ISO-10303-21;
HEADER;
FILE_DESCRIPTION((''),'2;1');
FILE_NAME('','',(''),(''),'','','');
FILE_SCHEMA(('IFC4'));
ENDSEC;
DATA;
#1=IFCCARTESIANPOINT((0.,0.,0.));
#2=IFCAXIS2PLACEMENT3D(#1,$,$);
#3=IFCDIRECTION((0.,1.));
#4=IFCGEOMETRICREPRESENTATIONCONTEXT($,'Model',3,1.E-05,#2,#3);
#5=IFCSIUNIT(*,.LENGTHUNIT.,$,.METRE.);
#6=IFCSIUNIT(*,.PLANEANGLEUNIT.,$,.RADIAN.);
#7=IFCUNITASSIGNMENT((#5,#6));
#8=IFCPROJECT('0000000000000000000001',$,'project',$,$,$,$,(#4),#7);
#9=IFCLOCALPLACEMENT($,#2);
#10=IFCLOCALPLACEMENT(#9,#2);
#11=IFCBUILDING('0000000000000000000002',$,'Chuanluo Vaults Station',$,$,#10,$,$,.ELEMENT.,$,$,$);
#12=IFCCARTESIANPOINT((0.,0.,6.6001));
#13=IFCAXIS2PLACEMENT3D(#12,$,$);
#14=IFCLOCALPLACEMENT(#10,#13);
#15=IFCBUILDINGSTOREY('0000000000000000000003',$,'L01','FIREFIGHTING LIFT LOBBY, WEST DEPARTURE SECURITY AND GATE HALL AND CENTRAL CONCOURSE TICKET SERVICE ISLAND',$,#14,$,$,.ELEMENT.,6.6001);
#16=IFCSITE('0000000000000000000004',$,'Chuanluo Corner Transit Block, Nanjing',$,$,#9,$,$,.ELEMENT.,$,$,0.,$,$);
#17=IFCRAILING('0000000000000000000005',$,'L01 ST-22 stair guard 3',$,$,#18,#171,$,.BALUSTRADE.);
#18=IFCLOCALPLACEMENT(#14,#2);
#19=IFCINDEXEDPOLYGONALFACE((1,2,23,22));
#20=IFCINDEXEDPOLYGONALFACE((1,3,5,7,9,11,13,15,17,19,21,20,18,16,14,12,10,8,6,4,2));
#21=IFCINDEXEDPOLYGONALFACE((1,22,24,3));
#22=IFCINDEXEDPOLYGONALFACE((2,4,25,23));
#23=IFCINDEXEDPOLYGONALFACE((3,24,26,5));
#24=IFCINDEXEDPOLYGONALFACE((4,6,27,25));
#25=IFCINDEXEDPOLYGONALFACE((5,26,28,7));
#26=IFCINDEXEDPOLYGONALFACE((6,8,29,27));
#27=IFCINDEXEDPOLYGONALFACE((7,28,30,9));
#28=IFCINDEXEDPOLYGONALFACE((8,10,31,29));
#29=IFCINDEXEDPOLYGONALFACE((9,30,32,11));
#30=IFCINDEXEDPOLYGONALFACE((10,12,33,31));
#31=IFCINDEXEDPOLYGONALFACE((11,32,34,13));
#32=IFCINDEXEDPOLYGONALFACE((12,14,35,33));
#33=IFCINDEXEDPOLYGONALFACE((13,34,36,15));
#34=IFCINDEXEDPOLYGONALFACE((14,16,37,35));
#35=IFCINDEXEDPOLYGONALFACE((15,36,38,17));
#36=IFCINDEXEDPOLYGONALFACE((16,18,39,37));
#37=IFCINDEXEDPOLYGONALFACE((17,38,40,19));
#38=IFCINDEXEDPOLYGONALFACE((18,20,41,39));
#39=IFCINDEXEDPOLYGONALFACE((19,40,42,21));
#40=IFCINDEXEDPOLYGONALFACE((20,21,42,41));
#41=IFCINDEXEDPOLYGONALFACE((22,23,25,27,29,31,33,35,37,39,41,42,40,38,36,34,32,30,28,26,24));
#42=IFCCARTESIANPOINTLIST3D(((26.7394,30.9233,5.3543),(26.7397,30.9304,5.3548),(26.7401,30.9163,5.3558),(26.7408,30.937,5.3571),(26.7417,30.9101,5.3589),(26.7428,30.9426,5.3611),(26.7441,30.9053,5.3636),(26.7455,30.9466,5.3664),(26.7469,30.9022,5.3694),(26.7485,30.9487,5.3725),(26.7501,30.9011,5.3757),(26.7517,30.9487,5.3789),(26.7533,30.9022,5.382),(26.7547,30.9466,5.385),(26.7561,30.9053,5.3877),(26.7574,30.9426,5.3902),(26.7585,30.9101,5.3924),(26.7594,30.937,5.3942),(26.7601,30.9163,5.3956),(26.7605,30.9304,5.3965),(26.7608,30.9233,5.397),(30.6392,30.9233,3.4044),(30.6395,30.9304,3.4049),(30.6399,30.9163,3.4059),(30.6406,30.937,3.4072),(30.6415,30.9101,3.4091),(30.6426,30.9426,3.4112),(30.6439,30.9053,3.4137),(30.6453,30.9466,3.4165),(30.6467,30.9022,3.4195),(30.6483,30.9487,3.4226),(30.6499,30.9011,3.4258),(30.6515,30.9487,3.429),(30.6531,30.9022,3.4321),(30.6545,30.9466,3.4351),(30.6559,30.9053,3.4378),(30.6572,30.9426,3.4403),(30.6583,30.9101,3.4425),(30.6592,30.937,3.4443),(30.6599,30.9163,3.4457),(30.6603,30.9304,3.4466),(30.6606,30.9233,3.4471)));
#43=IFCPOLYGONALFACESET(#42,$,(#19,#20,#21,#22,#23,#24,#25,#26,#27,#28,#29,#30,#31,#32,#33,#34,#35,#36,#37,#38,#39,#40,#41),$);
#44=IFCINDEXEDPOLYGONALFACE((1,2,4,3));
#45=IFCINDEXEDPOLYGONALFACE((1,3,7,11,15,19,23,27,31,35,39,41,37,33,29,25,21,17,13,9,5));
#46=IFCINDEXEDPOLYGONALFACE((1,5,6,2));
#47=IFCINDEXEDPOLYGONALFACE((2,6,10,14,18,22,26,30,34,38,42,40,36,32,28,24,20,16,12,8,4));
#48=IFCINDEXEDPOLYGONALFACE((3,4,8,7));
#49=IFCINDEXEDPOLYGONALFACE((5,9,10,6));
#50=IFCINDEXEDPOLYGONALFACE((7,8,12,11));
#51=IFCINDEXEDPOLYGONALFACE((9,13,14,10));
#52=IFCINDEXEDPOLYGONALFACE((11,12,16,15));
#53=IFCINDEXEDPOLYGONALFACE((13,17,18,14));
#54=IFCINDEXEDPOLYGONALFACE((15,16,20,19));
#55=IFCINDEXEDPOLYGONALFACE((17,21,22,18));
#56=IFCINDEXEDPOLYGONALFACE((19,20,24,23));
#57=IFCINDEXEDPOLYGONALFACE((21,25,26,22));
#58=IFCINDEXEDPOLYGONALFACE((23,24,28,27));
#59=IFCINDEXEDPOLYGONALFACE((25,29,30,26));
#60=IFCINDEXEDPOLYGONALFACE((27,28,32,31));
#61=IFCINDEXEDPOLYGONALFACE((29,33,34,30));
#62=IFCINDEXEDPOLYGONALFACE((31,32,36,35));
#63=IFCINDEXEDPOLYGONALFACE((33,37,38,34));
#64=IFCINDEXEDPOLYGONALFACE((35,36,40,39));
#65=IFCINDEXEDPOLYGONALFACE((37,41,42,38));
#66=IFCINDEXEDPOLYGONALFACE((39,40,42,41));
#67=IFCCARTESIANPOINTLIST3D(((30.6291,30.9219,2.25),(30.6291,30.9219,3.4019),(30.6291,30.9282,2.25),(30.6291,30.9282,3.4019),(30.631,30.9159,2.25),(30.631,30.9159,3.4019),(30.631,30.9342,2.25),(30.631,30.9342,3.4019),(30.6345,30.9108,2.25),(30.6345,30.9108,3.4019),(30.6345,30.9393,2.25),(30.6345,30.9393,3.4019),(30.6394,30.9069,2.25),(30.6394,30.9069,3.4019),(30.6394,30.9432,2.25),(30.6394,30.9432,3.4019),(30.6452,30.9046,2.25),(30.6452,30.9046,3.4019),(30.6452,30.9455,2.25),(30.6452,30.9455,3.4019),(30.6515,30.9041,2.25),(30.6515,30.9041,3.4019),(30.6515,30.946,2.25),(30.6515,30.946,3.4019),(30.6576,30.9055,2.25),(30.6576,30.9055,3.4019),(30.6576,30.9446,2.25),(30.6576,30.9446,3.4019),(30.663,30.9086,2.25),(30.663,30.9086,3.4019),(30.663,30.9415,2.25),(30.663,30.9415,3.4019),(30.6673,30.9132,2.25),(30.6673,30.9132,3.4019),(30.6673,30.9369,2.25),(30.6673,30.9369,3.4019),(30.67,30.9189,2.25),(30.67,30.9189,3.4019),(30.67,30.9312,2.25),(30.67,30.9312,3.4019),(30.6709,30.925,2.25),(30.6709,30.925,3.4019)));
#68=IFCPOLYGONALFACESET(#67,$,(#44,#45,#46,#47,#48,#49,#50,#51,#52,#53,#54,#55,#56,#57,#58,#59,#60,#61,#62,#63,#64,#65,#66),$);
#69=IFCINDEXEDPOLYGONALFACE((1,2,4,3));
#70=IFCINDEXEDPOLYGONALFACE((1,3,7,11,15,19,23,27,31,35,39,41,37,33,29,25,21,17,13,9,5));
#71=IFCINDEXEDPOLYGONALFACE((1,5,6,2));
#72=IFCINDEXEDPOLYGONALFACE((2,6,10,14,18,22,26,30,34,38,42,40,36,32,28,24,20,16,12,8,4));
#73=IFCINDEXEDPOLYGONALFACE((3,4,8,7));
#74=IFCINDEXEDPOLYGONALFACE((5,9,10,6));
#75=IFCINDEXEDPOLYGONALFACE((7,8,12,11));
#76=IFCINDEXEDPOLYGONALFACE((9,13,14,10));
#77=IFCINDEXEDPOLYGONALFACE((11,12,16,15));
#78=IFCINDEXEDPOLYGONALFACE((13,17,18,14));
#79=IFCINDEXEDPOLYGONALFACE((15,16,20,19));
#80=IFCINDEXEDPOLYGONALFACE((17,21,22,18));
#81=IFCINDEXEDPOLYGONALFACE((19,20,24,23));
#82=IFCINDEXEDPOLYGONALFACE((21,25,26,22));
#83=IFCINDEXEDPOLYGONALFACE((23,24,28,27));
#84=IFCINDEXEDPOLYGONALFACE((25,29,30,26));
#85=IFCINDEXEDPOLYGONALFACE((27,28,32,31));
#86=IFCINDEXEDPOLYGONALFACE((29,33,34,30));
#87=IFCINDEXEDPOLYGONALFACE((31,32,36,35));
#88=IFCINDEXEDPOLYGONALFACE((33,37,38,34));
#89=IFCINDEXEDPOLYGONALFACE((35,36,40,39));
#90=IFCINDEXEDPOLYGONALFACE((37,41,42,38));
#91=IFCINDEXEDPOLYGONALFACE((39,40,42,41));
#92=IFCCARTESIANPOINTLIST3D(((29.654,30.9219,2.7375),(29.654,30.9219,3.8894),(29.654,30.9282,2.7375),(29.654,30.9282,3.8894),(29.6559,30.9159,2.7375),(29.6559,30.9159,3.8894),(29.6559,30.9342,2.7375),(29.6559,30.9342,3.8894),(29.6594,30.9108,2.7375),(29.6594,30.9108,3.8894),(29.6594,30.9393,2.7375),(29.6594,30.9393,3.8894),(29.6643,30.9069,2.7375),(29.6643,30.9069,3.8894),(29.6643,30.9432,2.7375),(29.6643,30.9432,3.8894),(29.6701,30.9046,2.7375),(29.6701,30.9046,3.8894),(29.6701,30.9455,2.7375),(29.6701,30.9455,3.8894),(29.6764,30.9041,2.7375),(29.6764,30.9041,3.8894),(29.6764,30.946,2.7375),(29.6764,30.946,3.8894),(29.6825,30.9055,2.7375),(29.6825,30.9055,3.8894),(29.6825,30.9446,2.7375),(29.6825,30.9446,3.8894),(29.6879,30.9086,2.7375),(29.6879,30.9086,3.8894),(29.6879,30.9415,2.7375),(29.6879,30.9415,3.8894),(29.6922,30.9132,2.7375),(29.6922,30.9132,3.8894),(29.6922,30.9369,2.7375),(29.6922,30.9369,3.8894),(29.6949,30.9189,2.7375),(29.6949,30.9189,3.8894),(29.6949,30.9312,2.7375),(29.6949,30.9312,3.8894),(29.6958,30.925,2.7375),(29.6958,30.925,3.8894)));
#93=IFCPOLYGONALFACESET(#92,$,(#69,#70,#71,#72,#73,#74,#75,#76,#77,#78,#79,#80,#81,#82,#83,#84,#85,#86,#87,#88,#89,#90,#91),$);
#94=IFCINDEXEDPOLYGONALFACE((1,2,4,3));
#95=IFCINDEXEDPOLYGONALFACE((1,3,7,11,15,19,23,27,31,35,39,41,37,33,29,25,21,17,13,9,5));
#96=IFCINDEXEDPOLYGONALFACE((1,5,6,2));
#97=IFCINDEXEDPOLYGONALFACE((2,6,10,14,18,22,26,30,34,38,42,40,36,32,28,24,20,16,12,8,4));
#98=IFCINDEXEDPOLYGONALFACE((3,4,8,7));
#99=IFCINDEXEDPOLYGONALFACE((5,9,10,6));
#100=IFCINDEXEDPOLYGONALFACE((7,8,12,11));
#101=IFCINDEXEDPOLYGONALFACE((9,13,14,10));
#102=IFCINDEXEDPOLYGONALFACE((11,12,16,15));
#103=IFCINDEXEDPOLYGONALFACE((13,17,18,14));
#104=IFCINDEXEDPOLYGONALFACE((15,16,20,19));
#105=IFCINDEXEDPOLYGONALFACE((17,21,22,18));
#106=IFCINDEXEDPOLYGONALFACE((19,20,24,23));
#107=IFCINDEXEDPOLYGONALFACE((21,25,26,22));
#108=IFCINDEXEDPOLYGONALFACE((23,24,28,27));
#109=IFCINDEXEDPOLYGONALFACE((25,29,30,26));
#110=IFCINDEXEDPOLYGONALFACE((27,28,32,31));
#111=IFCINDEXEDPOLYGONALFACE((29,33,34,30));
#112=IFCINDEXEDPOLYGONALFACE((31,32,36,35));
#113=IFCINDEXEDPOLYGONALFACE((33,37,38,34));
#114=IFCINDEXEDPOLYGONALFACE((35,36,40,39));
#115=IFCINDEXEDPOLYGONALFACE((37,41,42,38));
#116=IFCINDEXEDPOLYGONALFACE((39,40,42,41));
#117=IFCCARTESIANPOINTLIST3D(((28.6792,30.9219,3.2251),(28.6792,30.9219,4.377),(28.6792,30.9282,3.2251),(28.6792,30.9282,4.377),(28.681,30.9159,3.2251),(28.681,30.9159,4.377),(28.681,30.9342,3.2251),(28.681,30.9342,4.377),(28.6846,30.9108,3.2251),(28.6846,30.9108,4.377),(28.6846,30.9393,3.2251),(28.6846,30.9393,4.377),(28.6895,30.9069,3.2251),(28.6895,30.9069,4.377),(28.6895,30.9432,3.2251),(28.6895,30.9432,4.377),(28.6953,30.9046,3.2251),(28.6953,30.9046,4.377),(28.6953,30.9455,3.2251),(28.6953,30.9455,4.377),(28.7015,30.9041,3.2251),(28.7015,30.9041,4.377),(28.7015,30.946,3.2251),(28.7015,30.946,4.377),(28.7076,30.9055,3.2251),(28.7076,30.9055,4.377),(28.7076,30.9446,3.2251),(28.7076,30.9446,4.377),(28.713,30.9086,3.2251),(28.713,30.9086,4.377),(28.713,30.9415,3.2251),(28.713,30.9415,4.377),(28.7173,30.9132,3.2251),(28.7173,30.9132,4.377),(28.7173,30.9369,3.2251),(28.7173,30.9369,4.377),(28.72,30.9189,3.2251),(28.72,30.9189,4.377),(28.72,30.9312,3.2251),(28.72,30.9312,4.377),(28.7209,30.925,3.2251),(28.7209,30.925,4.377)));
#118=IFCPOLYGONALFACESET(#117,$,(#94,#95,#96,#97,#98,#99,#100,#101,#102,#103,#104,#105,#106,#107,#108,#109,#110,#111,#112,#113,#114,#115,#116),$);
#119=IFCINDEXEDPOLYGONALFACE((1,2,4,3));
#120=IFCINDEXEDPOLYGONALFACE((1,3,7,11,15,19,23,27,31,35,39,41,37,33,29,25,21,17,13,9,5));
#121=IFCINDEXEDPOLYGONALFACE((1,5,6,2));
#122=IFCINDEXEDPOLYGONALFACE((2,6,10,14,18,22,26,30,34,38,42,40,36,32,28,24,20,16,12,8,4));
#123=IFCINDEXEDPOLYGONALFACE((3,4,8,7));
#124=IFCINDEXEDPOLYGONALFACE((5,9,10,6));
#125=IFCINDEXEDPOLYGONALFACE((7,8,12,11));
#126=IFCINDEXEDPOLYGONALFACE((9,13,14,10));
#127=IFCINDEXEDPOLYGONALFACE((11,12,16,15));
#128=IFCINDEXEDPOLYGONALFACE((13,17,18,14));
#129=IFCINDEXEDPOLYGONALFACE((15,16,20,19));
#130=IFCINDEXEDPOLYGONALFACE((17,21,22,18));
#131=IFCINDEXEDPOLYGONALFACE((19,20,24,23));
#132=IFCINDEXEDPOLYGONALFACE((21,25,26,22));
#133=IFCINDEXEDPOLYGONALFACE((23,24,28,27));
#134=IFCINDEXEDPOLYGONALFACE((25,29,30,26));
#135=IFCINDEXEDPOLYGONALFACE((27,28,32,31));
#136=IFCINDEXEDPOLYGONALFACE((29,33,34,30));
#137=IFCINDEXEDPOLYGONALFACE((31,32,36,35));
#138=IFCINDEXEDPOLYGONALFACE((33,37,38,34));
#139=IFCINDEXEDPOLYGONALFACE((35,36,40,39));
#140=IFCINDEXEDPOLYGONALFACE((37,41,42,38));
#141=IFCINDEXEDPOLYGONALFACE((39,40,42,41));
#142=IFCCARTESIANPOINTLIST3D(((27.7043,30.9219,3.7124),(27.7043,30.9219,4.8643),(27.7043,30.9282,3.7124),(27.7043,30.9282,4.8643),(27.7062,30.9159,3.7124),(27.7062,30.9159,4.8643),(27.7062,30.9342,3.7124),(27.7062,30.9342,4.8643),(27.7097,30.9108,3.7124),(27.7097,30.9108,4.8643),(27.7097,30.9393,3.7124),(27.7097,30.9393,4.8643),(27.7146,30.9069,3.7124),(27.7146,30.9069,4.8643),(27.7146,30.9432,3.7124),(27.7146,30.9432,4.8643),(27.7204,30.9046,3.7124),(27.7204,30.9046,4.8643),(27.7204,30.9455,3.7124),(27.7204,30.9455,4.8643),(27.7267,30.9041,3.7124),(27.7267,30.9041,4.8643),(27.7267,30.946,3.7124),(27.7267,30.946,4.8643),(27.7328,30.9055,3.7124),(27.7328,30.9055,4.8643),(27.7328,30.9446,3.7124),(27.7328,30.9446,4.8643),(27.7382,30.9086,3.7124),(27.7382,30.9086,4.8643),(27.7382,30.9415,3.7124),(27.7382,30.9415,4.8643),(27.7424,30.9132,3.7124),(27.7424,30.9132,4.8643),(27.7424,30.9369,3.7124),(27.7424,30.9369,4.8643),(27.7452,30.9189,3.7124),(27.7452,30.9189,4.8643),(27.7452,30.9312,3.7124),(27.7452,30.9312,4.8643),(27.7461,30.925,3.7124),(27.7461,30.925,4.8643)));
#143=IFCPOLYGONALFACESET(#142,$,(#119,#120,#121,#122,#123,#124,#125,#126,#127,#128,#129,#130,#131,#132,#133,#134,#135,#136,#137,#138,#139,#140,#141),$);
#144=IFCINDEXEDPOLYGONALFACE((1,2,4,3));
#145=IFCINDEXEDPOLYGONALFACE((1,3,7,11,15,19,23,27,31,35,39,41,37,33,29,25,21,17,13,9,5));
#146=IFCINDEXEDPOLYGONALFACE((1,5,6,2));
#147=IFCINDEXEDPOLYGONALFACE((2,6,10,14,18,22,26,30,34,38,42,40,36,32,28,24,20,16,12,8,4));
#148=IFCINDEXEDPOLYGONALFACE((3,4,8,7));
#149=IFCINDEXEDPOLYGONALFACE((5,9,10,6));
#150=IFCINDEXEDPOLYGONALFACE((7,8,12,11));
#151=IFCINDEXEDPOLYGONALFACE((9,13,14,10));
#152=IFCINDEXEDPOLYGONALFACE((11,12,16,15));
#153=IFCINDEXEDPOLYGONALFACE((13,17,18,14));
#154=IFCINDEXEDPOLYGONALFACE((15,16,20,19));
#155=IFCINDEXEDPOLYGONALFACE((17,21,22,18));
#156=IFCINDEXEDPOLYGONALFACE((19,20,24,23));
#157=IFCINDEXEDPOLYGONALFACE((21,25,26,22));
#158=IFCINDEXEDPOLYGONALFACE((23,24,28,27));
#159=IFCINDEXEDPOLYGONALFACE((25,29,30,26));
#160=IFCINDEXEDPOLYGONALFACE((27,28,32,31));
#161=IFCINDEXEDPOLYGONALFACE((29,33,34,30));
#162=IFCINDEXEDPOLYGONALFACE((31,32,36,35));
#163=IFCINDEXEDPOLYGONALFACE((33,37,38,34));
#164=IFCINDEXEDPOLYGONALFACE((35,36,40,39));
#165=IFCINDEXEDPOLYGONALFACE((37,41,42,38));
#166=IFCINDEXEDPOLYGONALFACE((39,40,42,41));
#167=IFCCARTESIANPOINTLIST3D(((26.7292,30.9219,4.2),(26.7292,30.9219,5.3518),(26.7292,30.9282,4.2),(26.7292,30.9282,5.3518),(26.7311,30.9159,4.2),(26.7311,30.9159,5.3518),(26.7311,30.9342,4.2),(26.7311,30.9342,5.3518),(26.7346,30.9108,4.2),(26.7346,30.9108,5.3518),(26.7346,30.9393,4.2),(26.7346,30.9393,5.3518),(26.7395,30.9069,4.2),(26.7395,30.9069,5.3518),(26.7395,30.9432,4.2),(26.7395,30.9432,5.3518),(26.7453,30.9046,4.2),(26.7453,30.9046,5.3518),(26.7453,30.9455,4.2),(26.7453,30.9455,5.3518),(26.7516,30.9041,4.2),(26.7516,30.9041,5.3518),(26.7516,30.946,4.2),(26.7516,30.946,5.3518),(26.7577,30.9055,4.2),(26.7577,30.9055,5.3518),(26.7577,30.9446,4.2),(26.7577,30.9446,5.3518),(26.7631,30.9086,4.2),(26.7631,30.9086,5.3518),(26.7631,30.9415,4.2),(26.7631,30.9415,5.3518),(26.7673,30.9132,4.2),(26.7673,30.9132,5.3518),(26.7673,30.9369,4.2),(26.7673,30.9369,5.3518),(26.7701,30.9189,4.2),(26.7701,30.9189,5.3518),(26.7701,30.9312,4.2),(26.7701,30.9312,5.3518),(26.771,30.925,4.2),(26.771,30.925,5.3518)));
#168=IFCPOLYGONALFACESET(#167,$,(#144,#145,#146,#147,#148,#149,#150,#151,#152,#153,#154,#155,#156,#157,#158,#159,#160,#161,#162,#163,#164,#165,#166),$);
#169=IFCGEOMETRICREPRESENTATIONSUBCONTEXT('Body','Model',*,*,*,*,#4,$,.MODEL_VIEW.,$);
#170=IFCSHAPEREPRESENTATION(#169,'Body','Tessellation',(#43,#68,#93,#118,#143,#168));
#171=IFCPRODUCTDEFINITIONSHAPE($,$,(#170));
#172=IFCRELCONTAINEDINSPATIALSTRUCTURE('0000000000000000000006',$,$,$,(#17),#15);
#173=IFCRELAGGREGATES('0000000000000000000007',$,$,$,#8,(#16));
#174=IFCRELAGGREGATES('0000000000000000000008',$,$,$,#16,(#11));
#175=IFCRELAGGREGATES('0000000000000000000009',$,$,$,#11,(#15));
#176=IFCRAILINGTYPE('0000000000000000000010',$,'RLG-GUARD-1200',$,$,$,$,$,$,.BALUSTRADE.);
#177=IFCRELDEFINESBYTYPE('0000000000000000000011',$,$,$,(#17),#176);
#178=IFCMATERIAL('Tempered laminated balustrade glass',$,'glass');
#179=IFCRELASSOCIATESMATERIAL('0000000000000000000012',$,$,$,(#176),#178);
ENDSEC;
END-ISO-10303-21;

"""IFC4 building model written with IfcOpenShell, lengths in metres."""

from ifc_helpers import new_model, si_unit, direction, frame, origin, origin_2d, place, context, subcontext, project, spatial, circle, extrude, material, type_object, element, save


model = new_model("IFC4")

# Units and contexts
model_context = context("Model", 3, precision=1e-05, world=origin(), true_north=direction((0.0, 1.0)))
body_context = subcontext(model_context, "Body", "Model", "MODEL_VIEW")
ifc_project = project(units=[si_unit("LENGTHUNIT", "METRE"), si_unit("PLANEANGLEUNIT", "RADIAN")], contexts=[model_context])

# Site, building, storey
site_placement = place(None, origin())
site = spatial("IfcSite", under=ifc_project, at=site_placement, Name="Chuanluo Corner Transit Block, Nanjing", CompositionType="ELEMENT", RefElevation=0.0)
building_placement = place(site_placement, origin())
building = spatial("IfcBuilding", under=site, at=building_placement, Name="Chuanluo Vaults Station", CompositionType="ELEMENT")
storey_placement = place(building_placement, frame((0.0, 0.0, 6.6001)))
storey = spatial("IfcBuildingStorey", under=building, at=storey_placement, Name="L01", Description="FIREFIGHTING LIFT LOBBY, WEST DEPARTURE SECURITY AND GATE HALL AND CENTRAL CONCOURSE TICKET SERVICE ISLAND", CompositionType="ELEMENT", Elevation=6.6001)

# Railing
ifc_material_1 = material(Name="Tempered laminated balustrade glass", Category="glass")
railing_type_1 = type_object("IfcRailingType", Name="RLG-GUARD-1200", PredefinedType="BALUSTRADE", material=ifc_material_1)
railing_1_placement = place(storey_placement, frame((30.6499, 30.925, 2.25)))
element("IfcRailing", 1, at=railing_1_placement, inside=storey, type_object=railing_type_1, Name="L01 ST-22 stair guard 3", PredefinedType="BALUSTRADE", context=body_context, shape_type="SweptSolid", body=[
    extrude(circle(Radius=0.0239, at=origin_2d()), frame((0.0, 0.0, 1.1758), z_axis=(-0.894427, 0.0, 0.447214), x_axis=(0.0, -1.0, 0.0)), (0.0, 0.0, 1.0), 4.3601),
    extrude(circle(Radius=0.021, at=origin_2d()), origin(), (0.0, 0.0, 1.0), 1.1519),
    extrude(circle(Radius=0.021, at=origin_2d()), frame((-0.9751, 0.0, 0.4875)), (0.0, 0.0, 1.0), 1.1519),
    extrude(circle(Radius=0.021, at=origin_2d()), frame((-1.95, 0.0, 0.9751)), (0.0, 0.0, 1.0), 1.1519),
    extrude(circle(Radius=0.021, at=origin_2d()), frame((-2.9248, 0.0, 1.4624)), (0.0, 0.0, 1.0), 1.1519),
    extrude(circle(Radius=0.021, at=origin_2d()), frame((-3.8999, 0.0, 1.95)), (0.0, 0.0, 1.0), 1.1519),
])

save(model, "model.ifc")
